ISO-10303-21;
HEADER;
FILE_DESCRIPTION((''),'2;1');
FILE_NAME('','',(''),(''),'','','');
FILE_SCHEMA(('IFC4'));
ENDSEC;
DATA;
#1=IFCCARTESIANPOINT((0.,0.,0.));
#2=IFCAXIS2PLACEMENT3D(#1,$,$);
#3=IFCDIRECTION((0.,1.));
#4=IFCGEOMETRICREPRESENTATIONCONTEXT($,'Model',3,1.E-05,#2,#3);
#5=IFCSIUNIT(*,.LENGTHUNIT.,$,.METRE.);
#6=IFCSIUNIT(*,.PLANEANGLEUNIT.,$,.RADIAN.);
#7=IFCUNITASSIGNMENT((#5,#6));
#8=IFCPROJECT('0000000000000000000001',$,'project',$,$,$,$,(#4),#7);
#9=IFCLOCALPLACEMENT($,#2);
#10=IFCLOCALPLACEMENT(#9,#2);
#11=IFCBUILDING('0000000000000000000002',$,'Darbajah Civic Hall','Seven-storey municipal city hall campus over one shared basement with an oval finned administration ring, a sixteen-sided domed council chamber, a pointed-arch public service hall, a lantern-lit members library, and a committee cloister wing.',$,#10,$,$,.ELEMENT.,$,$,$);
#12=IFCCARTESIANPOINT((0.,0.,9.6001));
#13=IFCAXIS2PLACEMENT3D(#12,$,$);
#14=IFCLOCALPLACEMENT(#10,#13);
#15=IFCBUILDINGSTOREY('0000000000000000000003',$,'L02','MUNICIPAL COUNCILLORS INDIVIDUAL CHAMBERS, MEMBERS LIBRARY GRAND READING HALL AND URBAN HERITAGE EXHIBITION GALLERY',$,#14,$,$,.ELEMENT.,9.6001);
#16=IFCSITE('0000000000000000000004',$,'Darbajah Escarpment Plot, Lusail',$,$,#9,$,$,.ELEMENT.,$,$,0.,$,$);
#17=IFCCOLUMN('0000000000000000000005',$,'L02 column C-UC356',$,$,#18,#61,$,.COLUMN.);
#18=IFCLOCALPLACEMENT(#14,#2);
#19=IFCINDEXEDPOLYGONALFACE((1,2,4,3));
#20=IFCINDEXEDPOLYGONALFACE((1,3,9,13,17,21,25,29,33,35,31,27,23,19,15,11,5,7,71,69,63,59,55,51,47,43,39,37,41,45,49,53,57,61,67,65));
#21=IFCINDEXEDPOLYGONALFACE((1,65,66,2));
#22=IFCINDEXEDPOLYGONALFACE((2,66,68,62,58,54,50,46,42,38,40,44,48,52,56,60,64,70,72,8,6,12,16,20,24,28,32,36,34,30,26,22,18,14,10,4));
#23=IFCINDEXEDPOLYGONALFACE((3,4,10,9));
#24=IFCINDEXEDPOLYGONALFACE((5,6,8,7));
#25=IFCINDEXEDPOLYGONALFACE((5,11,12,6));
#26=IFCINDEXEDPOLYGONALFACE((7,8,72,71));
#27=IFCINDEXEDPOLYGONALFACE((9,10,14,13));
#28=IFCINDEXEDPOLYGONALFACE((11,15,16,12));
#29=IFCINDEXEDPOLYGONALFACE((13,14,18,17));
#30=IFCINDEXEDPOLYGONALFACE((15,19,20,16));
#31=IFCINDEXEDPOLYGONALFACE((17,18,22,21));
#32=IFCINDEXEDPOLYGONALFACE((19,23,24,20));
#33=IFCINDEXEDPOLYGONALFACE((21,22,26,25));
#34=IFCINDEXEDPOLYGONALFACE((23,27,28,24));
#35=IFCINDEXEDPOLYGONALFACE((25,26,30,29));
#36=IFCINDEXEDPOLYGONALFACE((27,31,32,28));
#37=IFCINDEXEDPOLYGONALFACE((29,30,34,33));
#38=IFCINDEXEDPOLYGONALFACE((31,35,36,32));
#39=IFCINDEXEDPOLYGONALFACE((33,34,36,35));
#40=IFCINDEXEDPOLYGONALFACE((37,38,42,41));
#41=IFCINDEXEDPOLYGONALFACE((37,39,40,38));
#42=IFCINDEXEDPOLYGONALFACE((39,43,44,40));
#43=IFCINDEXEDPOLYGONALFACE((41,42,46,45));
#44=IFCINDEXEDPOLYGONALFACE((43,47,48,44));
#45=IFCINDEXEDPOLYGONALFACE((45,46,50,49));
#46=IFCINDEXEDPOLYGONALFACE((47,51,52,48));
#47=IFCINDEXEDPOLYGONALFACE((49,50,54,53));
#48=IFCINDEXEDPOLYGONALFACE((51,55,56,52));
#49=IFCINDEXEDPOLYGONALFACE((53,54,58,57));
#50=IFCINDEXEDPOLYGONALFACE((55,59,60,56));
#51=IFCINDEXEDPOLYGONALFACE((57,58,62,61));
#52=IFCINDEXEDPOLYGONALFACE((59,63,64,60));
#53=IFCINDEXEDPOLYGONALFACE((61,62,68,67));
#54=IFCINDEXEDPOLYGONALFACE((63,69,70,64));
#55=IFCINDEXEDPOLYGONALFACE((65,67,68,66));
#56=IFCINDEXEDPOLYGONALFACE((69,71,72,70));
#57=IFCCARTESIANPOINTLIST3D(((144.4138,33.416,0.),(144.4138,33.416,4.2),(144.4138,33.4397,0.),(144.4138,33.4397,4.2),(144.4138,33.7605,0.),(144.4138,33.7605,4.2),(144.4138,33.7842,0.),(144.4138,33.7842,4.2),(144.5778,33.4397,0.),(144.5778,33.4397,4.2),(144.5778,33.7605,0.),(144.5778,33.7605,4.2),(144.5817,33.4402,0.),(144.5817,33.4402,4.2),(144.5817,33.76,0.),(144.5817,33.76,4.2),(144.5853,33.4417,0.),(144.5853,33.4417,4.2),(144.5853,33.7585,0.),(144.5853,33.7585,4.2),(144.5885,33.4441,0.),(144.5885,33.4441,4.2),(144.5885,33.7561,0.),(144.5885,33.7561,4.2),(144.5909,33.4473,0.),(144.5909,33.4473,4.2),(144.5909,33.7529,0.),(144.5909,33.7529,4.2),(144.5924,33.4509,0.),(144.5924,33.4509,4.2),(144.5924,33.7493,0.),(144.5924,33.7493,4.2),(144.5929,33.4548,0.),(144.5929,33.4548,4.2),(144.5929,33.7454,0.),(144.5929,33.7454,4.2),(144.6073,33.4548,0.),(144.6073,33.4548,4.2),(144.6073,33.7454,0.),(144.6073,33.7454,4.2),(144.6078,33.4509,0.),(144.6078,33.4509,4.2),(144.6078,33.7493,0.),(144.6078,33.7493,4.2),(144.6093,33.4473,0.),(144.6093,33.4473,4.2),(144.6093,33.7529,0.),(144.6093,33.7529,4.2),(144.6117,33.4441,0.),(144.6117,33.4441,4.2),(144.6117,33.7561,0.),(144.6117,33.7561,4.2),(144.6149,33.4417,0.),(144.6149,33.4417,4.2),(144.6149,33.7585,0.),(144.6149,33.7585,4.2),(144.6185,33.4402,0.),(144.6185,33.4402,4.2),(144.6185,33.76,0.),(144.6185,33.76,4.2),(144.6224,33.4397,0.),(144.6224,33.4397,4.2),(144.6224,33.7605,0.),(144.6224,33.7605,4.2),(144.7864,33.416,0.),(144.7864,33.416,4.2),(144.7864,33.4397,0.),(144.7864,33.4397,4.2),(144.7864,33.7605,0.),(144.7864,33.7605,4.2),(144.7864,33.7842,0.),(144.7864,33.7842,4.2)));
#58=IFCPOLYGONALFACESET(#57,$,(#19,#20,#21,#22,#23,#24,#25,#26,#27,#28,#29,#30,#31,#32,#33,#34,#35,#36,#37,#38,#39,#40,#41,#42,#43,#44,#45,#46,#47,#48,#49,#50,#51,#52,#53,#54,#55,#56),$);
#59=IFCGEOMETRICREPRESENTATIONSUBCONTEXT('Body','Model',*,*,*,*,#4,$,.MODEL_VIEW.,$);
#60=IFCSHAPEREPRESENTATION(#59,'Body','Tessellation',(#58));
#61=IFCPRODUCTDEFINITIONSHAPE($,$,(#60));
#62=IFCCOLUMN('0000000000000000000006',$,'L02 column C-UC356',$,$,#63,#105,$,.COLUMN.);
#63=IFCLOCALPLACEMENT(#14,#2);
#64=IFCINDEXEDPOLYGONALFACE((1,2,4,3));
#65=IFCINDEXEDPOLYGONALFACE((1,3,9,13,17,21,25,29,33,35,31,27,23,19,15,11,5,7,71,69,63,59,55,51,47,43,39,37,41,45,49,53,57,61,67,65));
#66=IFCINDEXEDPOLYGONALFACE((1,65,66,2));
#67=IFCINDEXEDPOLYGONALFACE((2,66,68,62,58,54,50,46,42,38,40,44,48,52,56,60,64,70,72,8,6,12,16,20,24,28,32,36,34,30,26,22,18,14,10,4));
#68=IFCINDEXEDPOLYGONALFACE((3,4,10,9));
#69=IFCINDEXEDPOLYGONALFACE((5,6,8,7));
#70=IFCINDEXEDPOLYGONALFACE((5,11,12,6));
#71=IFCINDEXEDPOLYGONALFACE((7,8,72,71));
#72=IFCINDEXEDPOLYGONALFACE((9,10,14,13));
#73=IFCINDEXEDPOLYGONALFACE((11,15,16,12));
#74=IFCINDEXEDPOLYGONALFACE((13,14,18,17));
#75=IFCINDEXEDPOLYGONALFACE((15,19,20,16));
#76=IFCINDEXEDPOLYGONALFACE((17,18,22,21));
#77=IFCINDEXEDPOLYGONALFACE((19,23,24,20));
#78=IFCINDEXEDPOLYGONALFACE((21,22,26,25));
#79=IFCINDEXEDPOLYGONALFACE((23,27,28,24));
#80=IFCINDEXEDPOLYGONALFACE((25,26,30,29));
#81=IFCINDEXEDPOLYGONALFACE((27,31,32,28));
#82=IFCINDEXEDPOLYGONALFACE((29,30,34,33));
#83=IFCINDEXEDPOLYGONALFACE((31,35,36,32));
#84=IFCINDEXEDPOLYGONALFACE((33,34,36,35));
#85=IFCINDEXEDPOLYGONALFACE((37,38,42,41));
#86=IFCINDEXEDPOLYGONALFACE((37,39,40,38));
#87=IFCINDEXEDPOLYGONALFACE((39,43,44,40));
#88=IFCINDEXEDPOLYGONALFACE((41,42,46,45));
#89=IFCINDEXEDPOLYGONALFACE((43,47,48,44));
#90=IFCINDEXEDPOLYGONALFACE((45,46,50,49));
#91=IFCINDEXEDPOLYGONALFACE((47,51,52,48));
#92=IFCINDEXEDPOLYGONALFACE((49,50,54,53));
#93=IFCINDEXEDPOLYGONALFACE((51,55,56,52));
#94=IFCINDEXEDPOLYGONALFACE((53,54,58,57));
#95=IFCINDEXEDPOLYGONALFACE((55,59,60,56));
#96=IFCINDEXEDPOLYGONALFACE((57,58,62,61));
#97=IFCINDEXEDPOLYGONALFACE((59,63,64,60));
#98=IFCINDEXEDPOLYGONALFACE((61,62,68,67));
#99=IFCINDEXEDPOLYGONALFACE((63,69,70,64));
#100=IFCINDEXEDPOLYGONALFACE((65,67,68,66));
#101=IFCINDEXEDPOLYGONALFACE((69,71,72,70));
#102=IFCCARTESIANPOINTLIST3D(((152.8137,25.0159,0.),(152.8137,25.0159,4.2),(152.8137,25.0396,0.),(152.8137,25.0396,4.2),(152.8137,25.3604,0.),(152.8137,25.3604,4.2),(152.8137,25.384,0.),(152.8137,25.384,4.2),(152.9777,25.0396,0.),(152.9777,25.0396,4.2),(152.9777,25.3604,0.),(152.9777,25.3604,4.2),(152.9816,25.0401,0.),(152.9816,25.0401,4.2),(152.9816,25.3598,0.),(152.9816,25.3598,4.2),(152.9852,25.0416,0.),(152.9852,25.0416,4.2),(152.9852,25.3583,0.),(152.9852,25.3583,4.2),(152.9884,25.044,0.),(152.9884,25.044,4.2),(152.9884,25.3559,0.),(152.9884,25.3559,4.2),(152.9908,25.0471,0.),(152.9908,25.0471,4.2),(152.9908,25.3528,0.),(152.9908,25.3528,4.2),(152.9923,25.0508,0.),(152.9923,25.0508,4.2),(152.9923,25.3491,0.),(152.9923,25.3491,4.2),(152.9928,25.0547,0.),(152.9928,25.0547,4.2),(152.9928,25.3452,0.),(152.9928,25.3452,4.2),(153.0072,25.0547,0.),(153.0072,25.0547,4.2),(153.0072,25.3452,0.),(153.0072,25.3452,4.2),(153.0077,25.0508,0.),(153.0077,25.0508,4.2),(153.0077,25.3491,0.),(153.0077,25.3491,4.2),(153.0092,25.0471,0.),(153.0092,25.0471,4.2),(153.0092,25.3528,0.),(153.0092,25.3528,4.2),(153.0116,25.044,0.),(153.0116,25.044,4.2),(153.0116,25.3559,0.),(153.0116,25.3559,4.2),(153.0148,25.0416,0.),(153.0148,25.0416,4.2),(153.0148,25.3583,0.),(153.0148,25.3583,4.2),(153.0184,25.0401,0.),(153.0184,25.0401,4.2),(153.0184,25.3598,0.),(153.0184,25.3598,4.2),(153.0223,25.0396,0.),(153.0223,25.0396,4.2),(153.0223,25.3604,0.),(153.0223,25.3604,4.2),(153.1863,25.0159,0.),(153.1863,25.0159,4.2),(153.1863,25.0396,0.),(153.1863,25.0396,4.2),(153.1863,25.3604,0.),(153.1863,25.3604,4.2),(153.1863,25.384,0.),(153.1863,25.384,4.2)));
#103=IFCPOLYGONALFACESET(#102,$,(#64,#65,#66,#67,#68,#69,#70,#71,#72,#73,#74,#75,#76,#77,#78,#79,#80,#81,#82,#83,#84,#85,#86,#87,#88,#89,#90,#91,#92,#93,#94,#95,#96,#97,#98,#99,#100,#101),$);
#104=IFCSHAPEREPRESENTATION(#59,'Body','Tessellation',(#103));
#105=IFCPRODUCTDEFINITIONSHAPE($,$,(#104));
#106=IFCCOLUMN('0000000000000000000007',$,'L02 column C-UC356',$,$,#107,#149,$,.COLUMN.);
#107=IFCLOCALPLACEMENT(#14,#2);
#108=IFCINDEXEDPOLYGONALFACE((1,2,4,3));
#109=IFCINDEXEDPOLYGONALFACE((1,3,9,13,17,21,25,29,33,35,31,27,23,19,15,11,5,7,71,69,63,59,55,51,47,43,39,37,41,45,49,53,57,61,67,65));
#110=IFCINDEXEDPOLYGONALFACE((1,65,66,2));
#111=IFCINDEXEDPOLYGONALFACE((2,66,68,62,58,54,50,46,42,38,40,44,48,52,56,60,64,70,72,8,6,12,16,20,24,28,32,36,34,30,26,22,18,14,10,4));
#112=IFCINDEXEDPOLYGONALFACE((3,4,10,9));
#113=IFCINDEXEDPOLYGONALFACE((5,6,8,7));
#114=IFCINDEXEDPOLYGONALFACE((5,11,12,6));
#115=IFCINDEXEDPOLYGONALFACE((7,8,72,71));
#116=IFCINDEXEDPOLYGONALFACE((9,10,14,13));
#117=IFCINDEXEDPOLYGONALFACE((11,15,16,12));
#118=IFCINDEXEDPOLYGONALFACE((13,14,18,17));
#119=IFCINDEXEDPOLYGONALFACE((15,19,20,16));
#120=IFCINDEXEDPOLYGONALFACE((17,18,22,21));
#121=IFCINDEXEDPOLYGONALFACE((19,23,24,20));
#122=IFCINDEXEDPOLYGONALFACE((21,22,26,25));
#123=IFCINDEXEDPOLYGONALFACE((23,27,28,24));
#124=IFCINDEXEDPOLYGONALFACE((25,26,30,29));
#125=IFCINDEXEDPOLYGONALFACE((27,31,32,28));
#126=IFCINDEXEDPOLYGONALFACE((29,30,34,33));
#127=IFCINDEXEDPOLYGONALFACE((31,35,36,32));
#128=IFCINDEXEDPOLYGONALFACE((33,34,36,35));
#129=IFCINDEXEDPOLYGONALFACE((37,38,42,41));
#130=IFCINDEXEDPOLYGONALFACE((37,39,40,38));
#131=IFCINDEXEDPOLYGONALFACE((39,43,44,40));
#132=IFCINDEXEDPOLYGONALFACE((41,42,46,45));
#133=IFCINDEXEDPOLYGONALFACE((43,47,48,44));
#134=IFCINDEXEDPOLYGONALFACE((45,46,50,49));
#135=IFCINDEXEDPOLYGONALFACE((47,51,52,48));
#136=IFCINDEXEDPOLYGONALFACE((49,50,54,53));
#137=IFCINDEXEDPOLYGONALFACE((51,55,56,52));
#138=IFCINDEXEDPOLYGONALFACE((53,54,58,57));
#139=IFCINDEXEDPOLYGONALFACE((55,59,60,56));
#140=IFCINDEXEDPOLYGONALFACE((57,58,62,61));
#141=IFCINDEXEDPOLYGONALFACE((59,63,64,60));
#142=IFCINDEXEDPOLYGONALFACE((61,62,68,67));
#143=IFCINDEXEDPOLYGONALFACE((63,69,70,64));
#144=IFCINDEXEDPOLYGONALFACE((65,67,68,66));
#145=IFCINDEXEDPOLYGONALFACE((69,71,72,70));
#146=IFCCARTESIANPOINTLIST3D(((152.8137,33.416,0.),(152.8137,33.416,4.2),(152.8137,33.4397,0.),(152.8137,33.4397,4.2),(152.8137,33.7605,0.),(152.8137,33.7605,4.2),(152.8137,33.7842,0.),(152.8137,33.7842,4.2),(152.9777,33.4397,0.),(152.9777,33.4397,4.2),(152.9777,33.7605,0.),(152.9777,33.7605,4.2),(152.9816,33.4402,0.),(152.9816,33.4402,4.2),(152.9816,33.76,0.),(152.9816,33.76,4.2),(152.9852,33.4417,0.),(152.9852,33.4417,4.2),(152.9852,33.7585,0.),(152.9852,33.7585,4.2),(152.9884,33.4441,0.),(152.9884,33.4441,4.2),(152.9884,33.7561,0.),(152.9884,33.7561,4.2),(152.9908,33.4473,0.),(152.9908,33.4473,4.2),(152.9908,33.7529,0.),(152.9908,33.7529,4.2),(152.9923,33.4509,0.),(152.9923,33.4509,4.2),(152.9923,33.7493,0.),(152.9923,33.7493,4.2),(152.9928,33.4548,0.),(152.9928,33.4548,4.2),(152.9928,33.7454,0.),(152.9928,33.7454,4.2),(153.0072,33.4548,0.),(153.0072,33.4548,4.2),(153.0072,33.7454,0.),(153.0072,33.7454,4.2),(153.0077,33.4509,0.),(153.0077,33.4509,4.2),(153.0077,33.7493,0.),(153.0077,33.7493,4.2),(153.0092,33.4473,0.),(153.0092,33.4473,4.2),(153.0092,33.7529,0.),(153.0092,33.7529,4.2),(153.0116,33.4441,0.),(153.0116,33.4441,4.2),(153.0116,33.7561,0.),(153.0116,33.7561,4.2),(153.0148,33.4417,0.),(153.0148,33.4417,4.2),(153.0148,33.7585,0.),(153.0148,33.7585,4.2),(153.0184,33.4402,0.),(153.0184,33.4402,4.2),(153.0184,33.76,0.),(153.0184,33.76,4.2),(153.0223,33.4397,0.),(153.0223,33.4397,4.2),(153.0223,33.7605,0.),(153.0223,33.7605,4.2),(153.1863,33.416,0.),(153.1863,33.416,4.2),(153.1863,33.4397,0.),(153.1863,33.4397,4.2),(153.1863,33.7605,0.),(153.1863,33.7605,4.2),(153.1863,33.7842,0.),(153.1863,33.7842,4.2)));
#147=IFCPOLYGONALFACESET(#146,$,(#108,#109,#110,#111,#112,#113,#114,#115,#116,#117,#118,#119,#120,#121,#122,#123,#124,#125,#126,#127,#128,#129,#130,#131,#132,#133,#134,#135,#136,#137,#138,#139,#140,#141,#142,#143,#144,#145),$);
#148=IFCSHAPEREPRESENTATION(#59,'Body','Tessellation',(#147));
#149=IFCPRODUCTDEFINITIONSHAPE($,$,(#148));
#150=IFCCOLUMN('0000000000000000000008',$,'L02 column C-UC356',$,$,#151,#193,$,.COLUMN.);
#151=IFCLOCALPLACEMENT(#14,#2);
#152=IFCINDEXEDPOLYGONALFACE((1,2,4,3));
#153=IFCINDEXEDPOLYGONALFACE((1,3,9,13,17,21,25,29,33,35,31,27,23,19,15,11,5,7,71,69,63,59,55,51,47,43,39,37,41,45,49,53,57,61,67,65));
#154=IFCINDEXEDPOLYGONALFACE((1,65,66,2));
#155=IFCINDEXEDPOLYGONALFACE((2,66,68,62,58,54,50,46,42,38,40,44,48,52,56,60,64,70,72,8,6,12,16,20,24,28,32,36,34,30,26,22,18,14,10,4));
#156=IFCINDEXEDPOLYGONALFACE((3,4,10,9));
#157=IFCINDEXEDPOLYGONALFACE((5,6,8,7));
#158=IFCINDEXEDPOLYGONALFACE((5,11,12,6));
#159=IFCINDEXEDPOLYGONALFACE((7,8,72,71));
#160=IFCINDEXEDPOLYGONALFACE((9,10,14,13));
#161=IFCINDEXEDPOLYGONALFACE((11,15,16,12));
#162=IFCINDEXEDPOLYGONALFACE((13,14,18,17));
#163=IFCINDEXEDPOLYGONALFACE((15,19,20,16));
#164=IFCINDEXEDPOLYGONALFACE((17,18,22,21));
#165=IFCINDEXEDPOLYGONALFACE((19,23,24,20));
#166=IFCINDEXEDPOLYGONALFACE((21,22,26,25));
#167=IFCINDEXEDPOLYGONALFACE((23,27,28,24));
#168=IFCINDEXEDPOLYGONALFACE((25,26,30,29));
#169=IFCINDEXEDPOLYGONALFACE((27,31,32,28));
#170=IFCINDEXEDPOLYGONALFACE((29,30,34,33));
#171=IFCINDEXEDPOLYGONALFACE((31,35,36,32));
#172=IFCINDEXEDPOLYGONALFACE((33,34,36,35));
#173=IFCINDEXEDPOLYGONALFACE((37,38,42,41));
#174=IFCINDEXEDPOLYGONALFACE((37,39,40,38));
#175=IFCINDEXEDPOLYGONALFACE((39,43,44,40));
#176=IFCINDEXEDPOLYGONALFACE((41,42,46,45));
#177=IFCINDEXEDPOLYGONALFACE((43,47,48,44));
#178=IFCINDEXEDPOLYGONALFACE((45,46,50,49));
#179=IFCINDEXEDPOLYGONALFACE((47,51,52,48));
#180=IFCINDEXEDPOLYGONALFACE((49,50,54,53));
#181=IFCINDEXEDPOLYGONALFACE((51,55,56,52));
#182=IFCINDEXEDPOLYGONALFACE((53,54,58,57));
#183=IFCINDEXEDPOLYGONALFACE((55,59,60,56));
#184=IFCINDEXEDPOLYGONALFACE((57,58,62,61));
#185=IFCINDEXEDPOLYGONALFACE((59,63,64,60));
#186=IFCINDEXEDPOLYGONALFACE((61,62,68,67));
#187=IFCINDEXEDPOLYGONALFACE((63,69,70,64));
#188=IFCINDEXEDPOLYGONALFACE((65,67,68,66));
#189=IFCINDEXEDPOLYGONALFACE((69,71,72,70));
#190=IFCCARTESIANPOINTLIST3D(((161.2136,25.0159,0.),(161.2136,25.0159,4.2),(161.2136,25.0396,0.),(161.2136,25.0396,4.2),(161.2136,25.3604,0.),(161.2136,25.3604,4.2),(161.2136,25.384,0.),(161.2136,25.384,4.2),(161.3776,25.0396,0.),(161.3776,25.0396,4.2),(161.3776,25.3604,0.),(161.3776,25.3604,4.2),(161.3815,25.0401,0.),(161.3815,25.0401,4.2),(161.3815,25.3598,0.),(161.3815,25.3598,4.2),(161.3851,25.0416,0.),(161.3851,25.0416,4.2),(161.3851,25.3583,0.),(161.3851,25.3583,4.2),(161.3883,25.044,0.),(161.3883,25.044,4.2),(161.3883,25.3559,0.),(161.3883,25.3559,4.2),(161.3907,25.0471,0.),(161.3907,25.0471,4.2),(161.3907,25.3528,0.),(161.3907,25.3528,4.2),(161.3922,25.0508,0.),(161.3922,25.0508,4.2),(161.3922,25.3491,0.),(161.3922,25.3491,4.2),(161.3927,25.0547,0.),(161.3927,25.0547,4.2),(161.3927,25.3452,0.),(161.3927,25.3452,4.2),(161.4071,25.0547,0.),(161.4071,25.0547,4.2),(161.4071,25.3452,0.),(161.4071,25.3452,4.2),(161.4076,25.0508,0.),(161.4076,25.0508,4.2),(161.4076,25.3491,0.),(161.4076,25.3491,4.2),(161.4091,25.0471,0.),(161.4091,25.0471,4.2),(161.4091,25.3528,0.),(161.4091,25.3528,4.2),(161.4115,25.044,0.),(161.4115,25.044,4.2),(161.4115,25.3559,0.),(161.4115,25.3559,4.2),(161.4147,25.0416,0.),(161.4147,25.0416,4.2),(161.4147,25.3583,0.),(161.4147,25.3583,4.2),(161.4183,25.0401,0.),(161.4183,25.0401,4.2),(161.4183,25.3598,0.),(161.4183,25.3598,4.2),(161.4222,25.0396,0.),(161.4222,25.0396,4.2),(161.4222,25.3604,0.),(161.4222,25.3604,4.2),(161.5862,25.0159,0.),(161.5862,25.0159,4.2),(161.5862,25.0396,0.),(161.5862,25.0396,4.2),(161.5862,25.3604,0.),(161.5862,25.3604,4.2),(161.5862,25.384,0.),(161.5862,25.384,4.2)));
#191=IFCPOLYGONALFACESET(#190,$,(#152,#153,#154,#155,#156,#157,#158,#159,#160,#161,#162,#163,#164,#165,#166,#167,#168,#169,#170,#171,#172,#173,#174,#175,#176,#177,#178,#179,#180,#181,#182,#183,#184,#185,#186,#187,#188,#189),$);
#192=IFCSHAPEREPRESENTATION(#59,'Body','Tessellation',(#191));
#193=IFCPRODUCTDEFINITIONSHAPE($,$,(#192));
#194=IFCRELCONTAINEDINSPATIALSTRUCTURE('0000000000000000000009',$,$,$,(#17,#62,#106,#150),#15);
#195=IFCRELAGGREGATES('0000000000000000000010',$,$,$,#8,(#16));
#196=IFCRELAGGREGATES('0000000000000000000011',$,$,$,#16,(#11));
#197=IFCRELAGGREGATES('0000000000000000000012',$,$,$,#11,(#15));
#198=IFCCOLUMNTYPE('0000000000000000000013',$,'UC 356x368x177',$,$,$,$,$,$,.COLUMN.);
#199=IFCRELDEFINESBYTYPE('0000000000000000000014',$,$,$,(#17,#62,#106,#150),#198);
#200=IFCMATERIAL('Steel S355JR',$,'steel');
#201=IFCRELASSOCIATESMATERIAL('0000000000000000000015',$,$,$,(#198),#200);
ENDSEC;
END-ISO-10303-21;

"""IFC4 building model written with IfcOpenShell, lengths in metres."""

from ifc_helpers import new_model, si_unit, direction, frame, origin, origin_2d, place, context, subcontext, project, spatial, i_section, extrude, material, material_profile, profile_set, type_object, element, save


model = new_model("IFC4")

# Units and contexts
model_context = context("Model", 3, precision=1e-05, world=origin(), true_north=direction((0.0, 1.0)))
body_context = subcontext(model_context, "Body", "Model", "MODEL_VIEW")
ifc_project = project(units=[si_unit("LENGTHUNIT", "METRE"), si_unit("PLANEANGLEUNIT", "RADIAN")], contexts=[model_context])

# Site, building, storey
site_placement = place(None, origin())
site = spatial("IfcSite", under=ifc_project, at=site_placement, Name="Darbajah Escarpment Plot, Lusail", CompositionType="ELEMENT", RefElevation=0.0)
building_placement = place(site_placement, origin())
building = spatial("IfcBuilding", under=site, at=building_placement, Name="Darbajah Civic Hall", Description="Seven-storey municipal city hall campus over one shared basement with an oval finned administration ring, a sixteen-sided domed council chamber, a pointed-arch public service hall, a lantern-lit members library, and a committee cloister wing.", CompositionType="ELEMENT")
storey_placement = place(building_placement, frame((0.0, 0.0, 9.6001)))
storey = spatial("IfcBuildingStorey", under=building, at=storey_placement, Name="L02", Description="MUNICIPAL COUNCILLORS INDIVIDUAL CHAMBERS, MEMBERS LIBRARY GRAND READING HALL AND URBAN HERITAGE EXHIBITION GALLERY", CompositionType="ELEMENT", Elevation=9.6001)

# Columns
ifc_material_1 = material(Name="Steel S355JR", Category="steel")
ifc_material_profile_1 = material_profile(ifc_material_1, i_section(OverallWidth=0.3726, OverallDepth=0.3682, WebThickness=0.0144, FlangeThickness=0.0237, FilletRadius=0.0151, at=origin_2d()), Name="UC 356x368x177")
ifc_profile_set_1 = profile_set([ifc_material_profile_1], Name="Steel S355JR")
column_type = type_object("IfcColumnType", Name="UC 356x368x177", PredefinedType="COLUMN", material=ifc_profile_set_1)
for number, where, z_axis, x_axis, name in (
    (1, (144.6001, 33.6001, 0.0), (0.0, 0.0, 1.0), (1.0, 0.0, 0.0), "L02 column C-UC356"),
    (2, (153.0, 25.2, 0.0), (0.0, 0.0, 1.0), (1.0, 0.0, 0.0), "L02 column C-UC356"),
    (3, (153.0, 33.6001, 0.0), (0.0, 0.0, 1.0), (1.0, 0.0, 0.0), "L02 column C-UC356"),
    (4, (161.3999, 25.2, 0.0), (0.0, 0.0, 1.0), (1.0, 0.0, 0.0), "L02 column C-UC356"),
):
    element("IfcColumn", number, at=place(storey_placement, frame(where, z_axis=z_axis, x_axis=x_axis)), inside=storey, type_object=column_type, Name=name, PredefinedType="COLUMN", context=body_context, shape_type="SweptSolid", body=[
        extrude(i_section(OverallWidth=0.3726, OverallDepth=0.3682, WebThickness=0.0144, FlangeThickness=0.0237, FilletRadius=0.0151, at=origin_2d()), origin(), (0.0, 0.0, 1.0), 4.2),
    ])

save(model, "model.ifc")
